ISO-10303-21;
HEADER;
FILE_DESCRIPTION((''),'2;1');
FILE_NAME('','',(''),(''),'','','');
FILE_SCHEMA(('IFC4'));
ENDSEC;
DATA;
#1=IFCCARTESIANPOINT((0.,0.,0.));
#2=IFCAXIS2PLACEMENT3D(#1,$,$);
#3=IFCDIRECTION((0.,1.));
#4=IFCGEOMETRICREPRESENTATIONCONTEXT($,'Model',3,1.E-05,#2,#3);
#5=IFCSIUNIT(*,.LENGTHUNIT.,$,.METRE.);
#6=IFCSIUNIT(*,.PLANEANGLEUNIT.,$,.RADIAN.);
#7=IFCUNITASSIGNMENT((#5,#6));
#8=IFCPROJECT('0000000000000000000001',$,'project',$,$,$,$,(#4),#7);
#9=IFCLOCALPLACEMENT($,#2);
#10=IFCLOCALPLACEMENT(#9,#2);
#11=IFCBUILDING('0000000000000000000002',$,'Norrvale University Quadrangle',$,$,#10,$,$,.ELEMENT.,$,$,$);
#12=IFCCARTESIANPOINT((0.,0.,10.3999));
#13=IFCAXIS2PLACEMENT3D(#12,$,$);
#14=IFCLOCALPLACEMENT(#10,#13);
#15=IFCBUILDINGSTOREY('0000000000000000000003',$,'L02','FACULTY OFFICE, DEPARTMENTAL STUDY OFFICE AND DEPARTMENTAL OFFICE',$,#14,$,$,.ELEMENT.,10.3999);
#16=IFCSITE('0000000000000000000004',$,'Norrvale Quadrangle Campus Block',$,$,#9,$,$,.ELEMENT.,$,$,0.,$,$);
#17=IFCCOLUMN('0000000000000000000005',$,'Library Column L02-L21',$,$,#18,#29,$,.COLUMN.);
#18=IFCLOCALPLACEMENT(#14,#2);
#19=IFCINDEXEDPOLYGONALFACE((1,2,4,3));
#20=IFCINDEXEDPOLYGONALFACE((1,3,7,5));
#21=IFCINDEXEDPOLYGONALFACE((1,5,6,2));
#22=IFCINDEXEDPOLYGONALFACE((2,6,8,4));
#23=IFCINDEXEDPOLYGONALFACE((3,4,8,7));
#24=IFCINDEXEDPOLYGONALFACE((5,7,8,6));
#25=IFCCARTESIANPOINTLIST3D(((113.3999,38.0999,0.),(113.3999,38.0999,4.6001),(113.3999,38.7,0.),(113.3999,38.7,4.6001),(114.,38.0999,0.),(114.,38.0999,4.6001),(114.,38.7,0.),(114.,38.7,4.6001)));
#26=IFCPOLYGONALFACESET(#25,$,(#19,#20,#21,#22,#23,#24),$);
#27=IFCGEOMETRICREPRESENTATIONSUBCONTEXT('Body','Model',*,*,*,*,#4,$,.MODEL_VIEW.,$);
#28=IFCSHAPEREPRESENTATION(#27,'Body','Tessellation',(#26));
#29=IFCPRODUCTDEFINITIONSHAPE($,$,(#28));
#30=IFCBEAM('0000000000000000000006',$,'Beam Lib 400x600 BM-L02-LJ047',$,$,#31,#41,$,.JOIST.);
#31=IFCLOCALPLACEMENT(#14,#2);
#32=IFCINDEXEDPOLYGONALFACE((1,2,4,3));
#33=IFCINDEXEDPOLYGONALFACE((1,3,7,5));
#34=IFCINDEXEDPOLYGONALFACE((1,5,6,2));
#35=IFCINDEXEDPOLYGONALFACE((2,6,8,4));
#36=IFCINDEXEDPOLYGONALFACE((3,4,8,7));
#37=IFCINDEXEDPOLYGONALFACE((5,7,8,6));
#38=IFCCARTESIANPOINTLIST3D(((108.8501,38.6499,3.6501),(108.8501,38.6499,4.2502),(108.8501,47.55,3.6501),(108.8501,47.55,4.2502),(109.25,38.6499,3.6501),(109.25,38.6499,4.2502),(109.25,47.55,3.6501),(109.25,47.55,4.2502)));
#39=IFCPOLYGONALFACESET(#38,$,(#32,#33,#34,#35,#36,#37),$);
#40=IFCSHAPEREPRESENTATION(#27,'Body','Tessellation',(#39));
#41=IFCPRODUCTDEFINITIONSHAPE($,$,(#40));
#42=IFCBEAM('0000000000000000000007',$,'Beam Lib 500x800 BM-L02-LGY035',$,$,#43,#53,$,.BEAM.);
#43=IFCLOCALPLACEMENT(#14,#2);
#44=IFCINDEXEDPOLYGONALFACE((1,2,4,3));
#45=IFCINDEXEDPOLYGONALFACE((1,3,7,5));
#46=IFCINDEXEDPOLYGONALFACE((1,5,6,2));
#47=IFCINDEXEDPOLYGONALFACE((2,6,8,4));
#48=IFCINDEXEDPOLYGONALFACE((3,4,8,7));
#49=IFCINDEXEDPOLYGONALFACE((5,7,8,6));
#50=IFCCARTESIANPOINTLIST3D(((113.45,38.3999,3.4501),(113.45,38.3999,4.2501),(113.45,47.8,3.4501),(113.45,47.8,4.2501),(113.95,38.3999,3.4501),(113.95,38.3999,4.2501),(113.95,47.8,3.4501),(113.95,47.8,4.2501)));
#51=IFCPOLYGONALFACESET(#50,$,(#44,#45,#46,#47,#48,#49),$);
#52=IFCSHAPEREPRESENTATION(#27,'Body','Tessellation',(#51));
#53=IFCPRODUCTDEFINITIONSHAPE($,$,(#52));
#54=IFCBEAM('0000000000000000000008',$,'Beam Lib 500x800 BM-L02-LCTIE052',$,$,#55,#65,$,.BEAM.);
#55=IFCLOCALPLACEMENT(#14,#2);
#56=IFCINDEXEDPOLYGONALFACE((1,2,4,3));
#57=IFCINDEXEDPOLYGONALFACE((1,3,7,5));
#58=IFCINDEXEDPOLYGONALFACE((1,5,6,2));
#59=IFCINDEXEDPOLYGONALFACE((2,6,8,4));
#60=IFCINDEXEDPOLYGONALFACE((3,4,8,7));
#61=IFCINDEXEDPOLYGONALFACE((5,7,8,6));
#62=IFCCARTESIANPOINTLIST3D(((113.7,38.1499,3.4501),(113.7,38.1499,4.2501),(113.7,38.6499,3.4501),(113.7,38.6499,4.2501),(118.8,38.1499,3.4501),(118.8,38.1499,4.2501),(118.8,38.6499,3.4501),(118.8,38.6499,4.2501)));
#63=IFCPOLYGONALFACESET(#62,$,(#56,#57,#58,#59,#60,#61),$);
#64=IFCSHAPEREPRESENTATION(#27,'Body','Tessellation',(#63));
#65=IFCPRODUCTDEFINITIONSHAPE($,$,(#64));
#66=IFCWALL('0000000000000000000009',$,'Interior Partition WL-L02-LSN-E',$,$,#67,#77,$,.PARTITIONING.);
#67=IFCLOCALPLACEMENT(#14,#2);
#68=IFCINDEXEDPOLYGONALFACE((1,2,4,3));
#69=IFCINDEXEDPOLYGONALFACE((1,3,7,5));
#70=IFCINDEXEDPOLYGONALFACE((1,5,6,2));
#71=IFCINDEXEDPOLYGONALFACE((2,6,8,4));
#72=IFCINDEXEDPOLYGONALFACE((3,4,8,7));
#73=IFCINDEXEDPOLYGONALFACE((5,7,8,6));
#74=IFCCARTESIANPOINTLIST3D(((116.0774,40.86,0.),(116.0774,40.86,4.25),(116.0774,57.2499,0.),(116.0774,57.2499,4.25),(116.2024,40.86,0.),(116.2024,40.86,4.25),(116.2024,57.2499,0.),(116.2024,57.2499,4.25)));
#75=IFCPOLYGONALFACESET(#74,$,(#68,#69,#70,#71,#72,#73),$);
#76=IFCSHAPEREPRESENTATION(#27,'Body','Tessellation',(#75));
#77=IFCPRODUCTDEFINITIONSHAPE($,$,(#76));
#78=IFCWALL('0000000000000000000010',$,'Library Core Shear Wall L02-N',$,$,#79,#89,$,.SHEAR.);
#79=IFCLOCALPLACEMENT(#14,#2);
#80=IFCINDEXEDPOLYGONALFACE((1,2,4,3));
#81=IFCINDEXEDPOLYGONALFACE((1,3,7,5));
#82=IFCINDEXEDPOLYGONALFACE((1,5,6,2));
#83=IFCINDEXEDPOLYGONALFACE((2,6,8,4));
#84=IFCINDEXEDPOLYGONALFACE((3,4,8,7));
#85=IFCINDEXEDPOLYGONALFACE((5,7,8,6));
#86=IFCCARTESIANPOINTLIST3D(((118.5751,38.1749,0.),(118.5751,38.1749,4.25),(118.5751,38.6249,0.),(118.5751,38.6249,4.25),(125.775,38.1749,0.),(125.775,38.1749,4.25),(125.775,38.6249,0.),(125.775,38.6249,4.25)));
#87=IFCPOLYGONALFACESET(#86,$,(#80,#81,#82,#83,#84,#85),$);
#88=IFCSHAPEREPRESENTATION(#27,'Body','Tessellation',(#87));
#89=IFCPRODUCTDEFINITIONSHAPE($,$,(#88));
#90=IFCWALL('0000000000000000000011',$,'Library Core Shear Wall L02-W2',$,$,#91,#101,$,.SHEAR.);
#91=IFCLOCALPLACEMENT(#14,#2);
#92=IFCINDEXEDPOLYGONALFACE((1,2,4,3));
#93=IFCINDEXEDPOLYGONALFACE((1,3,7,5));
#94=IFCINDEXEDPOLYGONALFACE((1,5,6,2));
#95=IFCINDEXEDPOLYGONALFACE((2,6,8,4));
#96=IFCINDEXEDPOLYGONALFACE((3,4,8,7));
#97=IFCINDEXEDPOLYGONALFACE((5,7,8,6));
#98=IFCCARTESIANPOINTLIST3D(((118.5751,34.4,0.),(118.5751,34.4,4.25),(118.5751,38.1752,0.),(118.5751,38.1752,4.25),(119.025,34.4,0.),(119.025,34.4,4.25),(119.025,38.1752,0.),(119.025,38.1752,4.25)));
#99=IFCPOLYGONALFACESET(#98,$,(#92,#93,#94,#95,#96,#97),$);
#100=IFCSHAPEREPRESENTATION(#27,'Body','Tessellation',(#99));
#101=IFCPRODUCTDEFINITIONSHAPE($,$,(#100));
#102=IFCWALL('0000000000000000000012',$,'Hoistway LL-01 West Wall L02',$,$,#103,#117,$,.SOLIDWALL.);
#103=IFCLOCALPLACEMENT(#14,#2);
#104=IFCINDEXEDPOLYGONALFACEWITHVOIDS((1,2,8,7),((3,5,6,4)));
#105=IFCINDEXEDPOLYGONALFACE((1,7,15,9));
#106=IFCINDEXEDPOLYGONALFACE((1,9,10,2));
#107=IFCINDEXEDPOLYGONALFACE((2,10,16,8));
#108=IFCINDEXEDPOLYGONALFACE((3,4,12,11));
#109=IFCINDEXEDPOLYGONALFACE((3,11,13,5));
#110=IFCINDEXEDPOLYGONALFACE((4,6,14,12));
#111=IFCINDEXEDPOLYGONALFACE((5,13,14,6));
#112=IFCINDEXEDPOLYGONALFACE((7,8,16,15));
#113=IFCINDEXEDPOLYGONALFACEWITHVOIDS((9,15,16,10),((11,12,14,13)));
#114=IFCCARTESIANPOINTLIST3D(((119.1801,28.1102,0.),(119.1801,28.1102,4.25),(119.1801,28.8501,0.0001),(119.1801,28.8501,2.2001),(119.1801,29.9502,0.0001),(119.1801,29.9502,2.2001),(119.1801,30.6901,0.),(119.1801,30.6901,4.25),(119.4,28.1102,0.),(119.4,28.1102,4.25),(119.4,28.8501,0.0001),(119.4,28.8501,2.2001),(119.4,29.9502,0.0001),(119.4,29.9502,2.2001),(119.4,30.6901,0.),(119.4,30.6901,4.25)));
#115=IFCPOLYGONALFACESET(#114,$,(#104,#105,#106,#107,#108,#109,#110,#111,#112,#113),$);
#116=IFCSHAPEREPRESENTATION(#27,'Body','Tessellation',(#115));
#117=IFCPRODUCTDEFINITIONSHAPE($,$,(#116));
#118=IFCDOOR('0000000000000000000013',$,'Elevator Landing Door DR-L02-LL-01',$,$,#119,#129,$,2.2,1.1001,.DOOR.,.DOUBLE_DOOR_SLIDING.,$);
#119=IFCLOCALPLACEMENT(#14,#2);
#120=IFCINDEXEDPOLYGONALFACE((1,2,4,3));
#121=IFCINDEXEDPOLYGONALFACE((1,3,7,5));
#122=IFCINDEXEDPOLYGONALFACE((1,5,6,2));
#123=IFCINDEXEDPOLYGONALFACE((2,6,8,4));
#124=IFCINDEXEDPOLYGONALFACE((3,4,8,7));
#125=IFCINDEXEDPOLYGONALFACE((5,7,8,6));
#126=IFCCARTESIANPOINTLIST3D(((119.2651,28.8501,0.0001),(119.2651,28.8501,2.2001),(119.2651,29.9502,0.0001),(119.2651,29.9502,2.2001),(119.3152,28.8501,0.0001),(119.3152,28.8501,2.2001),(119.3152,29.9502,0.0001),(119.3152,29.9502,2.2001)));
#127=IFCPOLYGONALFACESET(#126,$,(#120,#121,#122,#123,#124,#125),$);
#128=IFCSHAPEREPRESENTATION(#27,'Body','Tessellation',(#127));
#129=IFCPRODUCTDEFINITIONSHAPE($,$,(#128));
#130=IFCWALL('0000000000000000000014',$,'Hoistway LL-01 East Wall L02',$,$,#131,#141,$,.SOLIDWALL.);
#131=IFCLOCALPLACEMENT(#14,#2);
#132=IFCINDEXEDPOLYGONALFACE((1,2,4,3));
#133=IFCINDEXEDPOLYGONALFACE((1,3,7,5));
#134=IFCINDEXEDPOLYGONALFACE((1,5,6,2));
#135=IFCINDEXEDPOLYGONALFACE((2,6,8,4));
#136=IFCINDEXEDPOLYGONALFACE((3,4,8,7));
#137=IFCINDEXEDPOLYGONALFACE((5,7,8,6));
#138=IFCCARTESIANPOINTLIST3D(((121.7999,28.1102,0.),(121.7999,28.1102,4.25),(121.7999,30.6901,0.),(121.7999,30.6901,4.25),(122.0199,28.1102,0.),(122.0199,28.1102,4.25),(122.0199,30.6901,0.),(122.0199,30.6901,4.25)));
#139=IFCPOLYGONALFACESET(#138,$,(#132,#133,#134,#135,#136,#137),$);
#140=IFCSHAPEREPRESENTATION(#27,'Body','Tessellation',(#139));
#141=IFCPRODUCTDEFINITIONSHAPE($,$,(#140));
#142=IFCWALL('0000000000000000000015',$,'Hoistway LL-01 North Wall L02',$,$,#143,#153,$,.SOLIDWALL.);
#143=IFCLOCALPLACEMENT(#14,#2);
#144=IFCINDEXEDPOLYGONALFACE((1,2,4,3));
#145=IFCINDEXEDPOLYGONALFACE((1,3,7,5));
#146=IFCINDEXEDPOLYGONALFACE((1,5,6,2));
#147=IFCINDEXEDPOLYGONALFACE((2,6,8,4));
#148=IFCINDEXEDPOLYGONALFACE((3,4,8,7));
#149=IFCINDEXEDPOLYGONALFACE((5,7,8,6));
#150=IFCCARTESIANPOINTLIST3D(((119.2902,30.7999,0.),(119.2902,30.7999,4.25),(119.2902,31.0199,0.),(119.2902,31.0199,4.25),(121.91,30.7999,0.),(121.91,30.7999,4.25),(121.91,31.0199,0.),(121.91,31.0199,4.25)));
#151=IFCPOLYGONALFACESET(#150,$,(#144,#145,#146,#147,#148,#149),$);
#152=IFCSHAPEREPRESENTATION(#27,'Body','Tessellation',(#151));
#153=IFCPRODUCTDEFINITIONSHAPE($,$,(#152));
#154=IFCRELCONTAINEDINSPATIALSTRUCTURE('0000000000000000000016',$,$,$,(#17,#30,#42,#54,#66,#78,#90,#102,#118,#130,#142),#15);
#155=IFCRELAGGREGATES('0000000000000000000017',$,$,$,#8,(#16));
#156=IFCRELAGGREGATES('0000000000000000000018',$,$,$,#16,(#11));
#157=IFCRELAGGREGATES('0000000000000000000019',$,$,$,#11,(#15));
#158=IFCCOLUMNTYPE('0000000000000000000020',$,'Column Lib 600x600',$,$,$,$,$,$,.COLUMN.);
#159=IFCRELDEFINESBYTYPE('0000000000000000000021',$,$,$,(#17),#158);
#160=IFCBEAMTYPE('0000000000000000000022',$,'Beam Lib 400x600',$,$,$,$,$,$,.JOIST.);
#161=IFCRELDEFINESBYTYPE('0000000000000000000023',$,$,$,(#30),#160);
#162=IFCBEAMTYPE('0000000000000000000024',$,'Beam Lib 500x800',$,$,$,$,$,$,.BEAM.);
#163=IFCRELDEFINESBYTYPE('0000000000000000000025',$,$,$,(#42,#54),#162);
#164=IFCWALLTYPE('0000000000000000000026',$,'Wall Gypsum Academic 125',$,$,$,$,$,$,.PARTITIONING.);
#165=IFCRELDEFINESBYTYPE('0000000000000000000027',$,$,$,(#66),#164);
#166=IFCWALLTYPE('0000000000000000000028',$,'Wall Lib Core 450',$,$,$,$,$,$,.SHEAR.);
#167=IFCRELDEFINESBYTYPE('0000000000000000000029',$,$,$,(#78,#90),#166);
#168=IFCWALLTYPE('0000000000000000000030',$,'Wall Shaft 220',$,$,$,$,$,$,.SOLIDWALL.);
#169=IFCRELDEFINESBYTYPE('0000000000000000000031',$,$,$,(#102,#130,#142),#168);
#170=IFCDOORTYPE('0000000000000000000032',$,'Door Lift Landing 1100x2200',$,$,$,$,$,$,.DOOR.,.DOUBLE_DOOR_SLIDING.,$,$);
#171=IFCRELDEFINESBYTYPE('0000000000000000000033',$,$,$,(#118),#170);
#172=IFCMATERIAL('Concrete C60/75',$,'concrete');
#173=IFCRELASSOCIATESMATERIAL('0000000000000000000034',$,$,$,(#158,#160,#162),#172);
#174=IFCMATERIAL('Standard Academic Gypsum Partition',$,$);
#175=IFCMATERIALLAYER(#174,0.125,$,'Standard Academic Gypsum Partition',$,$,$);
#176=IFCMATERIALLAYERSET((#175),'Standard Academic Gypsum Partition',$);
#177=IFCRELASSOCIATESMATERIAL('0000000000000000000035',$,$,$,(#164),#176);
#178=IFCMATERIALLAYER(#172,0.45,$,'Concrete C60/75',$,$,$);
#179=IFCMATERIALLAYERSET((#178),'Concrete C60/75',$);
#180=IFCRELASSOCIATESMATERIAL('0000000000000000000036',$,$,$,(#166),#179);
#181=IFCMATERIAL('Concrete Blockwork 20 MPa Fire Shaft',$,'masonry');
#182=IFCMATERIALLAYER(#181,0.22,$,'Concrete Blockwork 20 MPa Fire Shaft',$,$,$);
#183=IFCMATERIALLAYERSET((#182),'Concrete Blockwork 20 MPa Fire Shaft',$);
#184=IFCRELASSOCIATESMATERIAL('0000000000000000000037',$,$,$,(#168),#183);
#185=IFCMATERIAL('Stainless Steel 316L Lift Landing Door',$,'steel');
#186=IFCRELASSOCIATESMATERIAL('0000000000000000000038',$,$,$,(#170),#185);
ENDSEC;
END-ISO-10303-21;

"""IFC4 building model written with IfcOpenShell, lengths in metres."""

from ifc_helpers import new_model, si_unit, direction, frame, frame_2d, origin, origin_2d, place, context, subcontext, project, spatial, rectangle, extrude, material, layer, layer_set, material_profile, profile_set, type_object, element, fill, save


model = new_model("IFC4")

# Units and contexts
model_context = context("Model", 3, precision=1e-05, world=origin(), true_north=direction((0.0, 1.0)))
body_context = subcontext(model_context, "Body", "Model", "MODEL_VIEW")
ifc_project = project(units=[si_unit("LENGTHUNIT", "METRE"), si_unit("PLANEANGLEUNIT", "RADIAN")], contexts=[model_context])

# Site, building, storey
site_placement = place(None, origin())
site = spatial("IfcSite", under=ifc_project, at=site_placement, Name="Norrvale Quadrangle Campus Block", CompositionType="ELEMENT", RefElevation=0.0)
building_placement = place(site_placement, origin())
building = spatial("IfcBuilding", under=site, at=building_placement, Name="Norrvale University Quadrangle", CompositionType="ELEMENT")
storey_placement = place(building_placement, frame((0.0, 0.0, 10.3999)))
storey = spatial("IfcBuildingStorey", under=building, at=storey_placement, Name="L02", Description="FACULTY OFFICE, DEPARTMENTAL STUDY OFFICE AND DEPARTMENTAL OFFICE", CompositionType="ELEMENT", Elevation=10.3999)

# Column
ifc_material_1 = material(Name="Concrete C60/75", Category="concrete")
ifc_material_profile_1 = material_profile(ifc_material_1, rectangle(XDim=0.6001, YDim=0.6001, at=origin_2d()), Name="Concrete C60/75")
ifc_profile_set_1 = profile_set([ifc_material_profile_1], Name="Concrete C60/75")
column_type = type_object("IfcColumnType", Name="Column Lib 600x600", PredefinedType="COLUMN", material=ifc_profile_set_1)
column_placement = place(storey_placement, frame((113.7, 38.3999, 0.0), z_axis=(0.0, 0.0, 1.0), x_axis=(1.0, 0.0, 0.0)))
element("IfcColumn", 1, at=column_placement, inside=storey, type_object=column_type, Name="Library Column L02-L21", PredefinedType="COLUMN", context=body_context, shape_type="SweptSolid", body=[
    extrude(rectangle(XDim=0.6001, YDim=0.6001, at=origin_2d()), origin(), (0.0, 0.0, 1.0), 4.6001),
])

# Beams
ifc_material_profile_2 = material_profile(ifc_material_1, rectangle(XDim=0.3999, YDim=0.6001, at=origin_2d()), Name="Concrete C60/75")
ifc_profile_set_2 = profile_set([ifc_material_profile_2], Name="Concrete C60/75")
beam_type_1 = type_object("IfcBeamType", Name="Beam Lib 400x600", PredefinedType="JOIST", material=ifc_profile_set_2)
beam_1_placement = place(storey_placement, frame((109.05, 38.6499, 3.9502), z_axis=(0.0, 1.0, 0.0), x_axis=(-1.0, 0.0, 0.0)))
element("IfcBeam", 2, at=beam_1_placement, inside=storey, type_object=beam_type_1, Name="Beam Lib 400x600 BM-L02-LJ047", PredefinedType="JOIST", context=body_context, shape_type="SweptSolid", body=[
    extrude(rectangle(XDim=0.3999, YDim=0.6001, at=origin_2d()), origin(), (0.0, 0.0, 1.0), 8.9001),
])
ifc_material_profile_3 = material_profile(ifc_material_1, rectangle(XDim=0.5, YDim=0.8, at=origin_2d()), Name="Concrete C60/75")
ifc_profile_set_3 = profile_set([ifc_material_profile_3], Name="Concrete C60/75")
beam_type_2 = type_object("IfcBeamType", Name="Beam Lib 500x800", PredefinedType="BEAM", material=ifc_profile_set_3)
beam_2_placement = place(storey_placement, frame((113.7, 38.3999, 3.8501), z_axis=(0.0, 1.0, 0.0), x_axis=(-1.0, 0.0, 0.0)))
element("IfcBeam", 3, at=beam_2_placement, inside=storey, type_object=beam_type_2, Name="Beam Lib 500x800 BM-L02-LGY035", PredefinedType="BEAM", context=body_context, shape_type="SweptSolid", body=[
    extrude(rectangle(XDim=0.5, YDim=0.8, at=origin_2d()), origin(), (0.0, 0.0, 1.0), 9.4001),
])
beam_3_placement = place(storey_placement, frame((113.7, 38.3999, 3.8501), z_axis=(1.0, 0.0, 0.0), x_axis=(0.0, 1.0, 0.0)))
element("IfcBeam", 4, at=beam_3_placement, inside=storey, type_object=beam_type_2, Name="Beam Lib 500x800 BM-L02-LCTIE052", PredefinedType="BEAM", context=body_context, shape_type="SweptSolid", body=[
    extrude(rectangle(XDim=0.5, YDim=0.8, at=origin_2d()), origin(), (0.0, 0.0, 1.0), 5.1001),
])

# Wall
ifc_material_2 = material(Name="Standard Academic Gypsum Partition")
ifc_layer_1 = layer(ifc_material_2, 0.125, Name="Standard Academic Gypsum Partition")
ifc_layer_set_1 = layer_set([ifc_layer_1], Name="Standard Academic Gypsum Partition")
wall_type_1 = type_object("IfcWallType", Name="Wall Gypsum Academic 125", PredefinedType="PARTITIONING", material=ifc_layer_set_1)
wall_1_placement = place(storey_placement, frame((116.1399, 40.8601, 0.0), z_axis=(0.0, 0.0, 1.0), x_axis=(0.0, 1.0, 0.0)))
element("IfcWall", 5, at=wall_1_placement, inside=storey, type_object=wall_type_1, Name="Interior Partition WL-L02-LSN-E", PredefinedType="PARTITIONING", context=body_context, shape_type="SweptSolid", body=[
    extrude(rectangle(XDim=16.3899, YDim=0.125, at=frame_2d((8.1948, 0.0))), origin(), (0.0, 0.0, 1.0), 4.25),
])

# Walls
ifc_layer_2 = layer(ifc_material_1, 0.45, Name="Concrete C60/75")
ifc_layer_set_2 = layer_set([ifc_layer_2], Name="Concrete C60/75")
wall_type_2 = type_object("IfcWallType", Name="Wall Lib Core 450", PredefinedType="SHEAR", material=ifc_layer_set_2)
wall_2_placement = place(storey_placement, frame((118.575, 38.3999, 0.0), z_axis=(0.0, 0.0, 1.0), x_axis=(1.0, 0.0, 0.0)))
element("IfcWall", 6, at=wall_2_placement, inside=storey, type_object=wall_type_2, Name="Library Core Shear Wall L02-N", PredefinedType="SHEAR", context=body_context, shape_type="SweptSolid", body=[
    extrude(rectangle(XDim=7.2, YDim=0.45, at=frame_2d((3.6001, 0.0))), origin(), (0.0, 0.0, 1.0), 4.25),
])
wall_3_placement = place(storey_placement, frame((118.8, 34.3999, 0.0), z_axis=(0.0, 0.0, 1.0), x_axis=(0.0, 1.0, 0.0)))
element("IfcWall", 7, at=wall_3_placement, inside=storey, type_object=wall_type_2, Name="Library Core Shear Wall L02-W2", PredefinedType="SHEAR", context=body_context, shape_type="SweptSolid", body=[
    extrude(rectangle(XDim=3.7751, YDim=0.45, at=frame_2d((1.8877, 0.0))), origin(), (0.0, 0.0, 1.0), 4.25),
])

# Wall, opening, door
ifc_material_3 = material(Name="Concrete Blockwork 20 MPa Fire Shaft", Category="masonry")
ifc_layer_3 = layer(ifc_material_3, 0.22, Name="Concrete Blockwork 20 MPa Fire Shaft")
ifc_layer_set_3 = layer_set([ifc_layer_3], Name="Concrete Blockwork 20 MPa Fire Shaft")
wall_type_3 = type_object("IfcWallType", Name="Wall Shaft 220", PredefinedType="SOLIDWALL", material=ifc_layer_set_3)
wall_4_placement = place(storey_placement, frame((119.29, 28.1101, 0.0), z_axis=(0.0, 0.0, 1.0), x_axis=(0.0, 1.0, 0.0)))
wall_4 = element("IfcWall", 8, at=wall_4_placement, inside=storey, type_object=wall_type_3, Name="Hoistway LL-01 West Wall L02", PredefinedType="SOLIDWALL", context=body_context, shape_type="SweptSolid", body=[
    extrude(rectangle(XDim=2.5798, YDim=0.22, at=frame_2d((1.29, 0.0))), origin(), (0.0, 0.0, 1.0), 4.25),
])
opening_1_placement = place(wall_4_placement, frame((0.74, 0.0, 0.0)))
opening_1 = element("IfcOpeningElement", 9, at=opening_1_placement, cuts=wall_4, PredefinedType="OPENING", context=body_context, shape_type="SweptSolid", body=[
    extrude(rectangle(XDim=1.1001, YDim=2.2, at=frame_2d((0.55, 1.1001))), frame((0.0, 0.1221, 0.0), z_axis=(0.0, -1.0, 0.0), x_axis=(1.0, 0.0, 0.0)), (0.0, 0.0, 1.0), 0.2439),
])
ifc_material_4 = material(Name="Stainless Steel 316L Lift Landing Door", Category="steel")
door_type_1 = type_object("IfcDoorType", Name="Door Lift Landing 1100x2200", OperationType="DOUBLE_DOOR_SLIDING", PredefinedType="DOOR", material=ifc_material_4)
door_1_placement = place(opening_1_placement, origin())
door_1 = element("IfcDoor", 10, at=door_1_placement, inside=storey, type_object=door_type_1, Name="Elevator Landing Door DR-L02-LL-01", OperationType="DOUBLE_DOOR_SLIDING", OverallHeight=2.2, OverallWidth=1.1001, PredefinedType="DOOR", context=body_context, shape_type="SweptSolid", body=[
    extrude(rectangle(XDim=1.1001, YDim=2.2, at=frame_2d((0.55, 1.1001))), frame((0.0, 0.0249, 0.0), z_axis=(0.0, -1.0, 0.0), x_axis=(1.0, 0.0, 0.0)), (0.0, 0.0, 1.0), 0.05),
])
fill(opening_1, door_1)

# Walls
wall_5_placement = place(storey_placement, frame((121.9099, 28.1101, 0.0), z_axis=(0.0, 0.0, 1.0), x_axis=(0.0, 1.0, 0.0)))
element("IfcWall", 11, at=wall_5_placement, inside=storey, type_object=wall_type_3, Name="Hoistway LL-01 East Wall L02", PredefinedType="SOLIDWALL", context=body_context, shape_type="SweptSolid", body=[
    extrude(rectangle(XDim=2.5798, YDim=0.22, at=frame_2d((1.29, 0.0))), origin(), (0.0, 0.0, 1.0), 4.25),
])
wall_6_placement = place(storey_placement, frame((119.29, 30.9099, 0.0), z_axis=(0.0, 0.0, 1.0), x_axis=(1.0, 0.0, 0.0)))
element("IfcWall", 12, at=wall_6_placement, inside=storey, type_object=wall_type_3, Name="Hoistway LL-01 North Wall L02", PredefinedType="SOLIDWALL", context=body_context, shape_type="SweptSolid", body=[
    extrude(rectangle(XDim=2.6199, YDim=0.22, at=frame_2d((1.3101, 0.0))), origin(), (0.0, 0.0, 1.0), 4.25),
])

save(model, "model.ifc")
